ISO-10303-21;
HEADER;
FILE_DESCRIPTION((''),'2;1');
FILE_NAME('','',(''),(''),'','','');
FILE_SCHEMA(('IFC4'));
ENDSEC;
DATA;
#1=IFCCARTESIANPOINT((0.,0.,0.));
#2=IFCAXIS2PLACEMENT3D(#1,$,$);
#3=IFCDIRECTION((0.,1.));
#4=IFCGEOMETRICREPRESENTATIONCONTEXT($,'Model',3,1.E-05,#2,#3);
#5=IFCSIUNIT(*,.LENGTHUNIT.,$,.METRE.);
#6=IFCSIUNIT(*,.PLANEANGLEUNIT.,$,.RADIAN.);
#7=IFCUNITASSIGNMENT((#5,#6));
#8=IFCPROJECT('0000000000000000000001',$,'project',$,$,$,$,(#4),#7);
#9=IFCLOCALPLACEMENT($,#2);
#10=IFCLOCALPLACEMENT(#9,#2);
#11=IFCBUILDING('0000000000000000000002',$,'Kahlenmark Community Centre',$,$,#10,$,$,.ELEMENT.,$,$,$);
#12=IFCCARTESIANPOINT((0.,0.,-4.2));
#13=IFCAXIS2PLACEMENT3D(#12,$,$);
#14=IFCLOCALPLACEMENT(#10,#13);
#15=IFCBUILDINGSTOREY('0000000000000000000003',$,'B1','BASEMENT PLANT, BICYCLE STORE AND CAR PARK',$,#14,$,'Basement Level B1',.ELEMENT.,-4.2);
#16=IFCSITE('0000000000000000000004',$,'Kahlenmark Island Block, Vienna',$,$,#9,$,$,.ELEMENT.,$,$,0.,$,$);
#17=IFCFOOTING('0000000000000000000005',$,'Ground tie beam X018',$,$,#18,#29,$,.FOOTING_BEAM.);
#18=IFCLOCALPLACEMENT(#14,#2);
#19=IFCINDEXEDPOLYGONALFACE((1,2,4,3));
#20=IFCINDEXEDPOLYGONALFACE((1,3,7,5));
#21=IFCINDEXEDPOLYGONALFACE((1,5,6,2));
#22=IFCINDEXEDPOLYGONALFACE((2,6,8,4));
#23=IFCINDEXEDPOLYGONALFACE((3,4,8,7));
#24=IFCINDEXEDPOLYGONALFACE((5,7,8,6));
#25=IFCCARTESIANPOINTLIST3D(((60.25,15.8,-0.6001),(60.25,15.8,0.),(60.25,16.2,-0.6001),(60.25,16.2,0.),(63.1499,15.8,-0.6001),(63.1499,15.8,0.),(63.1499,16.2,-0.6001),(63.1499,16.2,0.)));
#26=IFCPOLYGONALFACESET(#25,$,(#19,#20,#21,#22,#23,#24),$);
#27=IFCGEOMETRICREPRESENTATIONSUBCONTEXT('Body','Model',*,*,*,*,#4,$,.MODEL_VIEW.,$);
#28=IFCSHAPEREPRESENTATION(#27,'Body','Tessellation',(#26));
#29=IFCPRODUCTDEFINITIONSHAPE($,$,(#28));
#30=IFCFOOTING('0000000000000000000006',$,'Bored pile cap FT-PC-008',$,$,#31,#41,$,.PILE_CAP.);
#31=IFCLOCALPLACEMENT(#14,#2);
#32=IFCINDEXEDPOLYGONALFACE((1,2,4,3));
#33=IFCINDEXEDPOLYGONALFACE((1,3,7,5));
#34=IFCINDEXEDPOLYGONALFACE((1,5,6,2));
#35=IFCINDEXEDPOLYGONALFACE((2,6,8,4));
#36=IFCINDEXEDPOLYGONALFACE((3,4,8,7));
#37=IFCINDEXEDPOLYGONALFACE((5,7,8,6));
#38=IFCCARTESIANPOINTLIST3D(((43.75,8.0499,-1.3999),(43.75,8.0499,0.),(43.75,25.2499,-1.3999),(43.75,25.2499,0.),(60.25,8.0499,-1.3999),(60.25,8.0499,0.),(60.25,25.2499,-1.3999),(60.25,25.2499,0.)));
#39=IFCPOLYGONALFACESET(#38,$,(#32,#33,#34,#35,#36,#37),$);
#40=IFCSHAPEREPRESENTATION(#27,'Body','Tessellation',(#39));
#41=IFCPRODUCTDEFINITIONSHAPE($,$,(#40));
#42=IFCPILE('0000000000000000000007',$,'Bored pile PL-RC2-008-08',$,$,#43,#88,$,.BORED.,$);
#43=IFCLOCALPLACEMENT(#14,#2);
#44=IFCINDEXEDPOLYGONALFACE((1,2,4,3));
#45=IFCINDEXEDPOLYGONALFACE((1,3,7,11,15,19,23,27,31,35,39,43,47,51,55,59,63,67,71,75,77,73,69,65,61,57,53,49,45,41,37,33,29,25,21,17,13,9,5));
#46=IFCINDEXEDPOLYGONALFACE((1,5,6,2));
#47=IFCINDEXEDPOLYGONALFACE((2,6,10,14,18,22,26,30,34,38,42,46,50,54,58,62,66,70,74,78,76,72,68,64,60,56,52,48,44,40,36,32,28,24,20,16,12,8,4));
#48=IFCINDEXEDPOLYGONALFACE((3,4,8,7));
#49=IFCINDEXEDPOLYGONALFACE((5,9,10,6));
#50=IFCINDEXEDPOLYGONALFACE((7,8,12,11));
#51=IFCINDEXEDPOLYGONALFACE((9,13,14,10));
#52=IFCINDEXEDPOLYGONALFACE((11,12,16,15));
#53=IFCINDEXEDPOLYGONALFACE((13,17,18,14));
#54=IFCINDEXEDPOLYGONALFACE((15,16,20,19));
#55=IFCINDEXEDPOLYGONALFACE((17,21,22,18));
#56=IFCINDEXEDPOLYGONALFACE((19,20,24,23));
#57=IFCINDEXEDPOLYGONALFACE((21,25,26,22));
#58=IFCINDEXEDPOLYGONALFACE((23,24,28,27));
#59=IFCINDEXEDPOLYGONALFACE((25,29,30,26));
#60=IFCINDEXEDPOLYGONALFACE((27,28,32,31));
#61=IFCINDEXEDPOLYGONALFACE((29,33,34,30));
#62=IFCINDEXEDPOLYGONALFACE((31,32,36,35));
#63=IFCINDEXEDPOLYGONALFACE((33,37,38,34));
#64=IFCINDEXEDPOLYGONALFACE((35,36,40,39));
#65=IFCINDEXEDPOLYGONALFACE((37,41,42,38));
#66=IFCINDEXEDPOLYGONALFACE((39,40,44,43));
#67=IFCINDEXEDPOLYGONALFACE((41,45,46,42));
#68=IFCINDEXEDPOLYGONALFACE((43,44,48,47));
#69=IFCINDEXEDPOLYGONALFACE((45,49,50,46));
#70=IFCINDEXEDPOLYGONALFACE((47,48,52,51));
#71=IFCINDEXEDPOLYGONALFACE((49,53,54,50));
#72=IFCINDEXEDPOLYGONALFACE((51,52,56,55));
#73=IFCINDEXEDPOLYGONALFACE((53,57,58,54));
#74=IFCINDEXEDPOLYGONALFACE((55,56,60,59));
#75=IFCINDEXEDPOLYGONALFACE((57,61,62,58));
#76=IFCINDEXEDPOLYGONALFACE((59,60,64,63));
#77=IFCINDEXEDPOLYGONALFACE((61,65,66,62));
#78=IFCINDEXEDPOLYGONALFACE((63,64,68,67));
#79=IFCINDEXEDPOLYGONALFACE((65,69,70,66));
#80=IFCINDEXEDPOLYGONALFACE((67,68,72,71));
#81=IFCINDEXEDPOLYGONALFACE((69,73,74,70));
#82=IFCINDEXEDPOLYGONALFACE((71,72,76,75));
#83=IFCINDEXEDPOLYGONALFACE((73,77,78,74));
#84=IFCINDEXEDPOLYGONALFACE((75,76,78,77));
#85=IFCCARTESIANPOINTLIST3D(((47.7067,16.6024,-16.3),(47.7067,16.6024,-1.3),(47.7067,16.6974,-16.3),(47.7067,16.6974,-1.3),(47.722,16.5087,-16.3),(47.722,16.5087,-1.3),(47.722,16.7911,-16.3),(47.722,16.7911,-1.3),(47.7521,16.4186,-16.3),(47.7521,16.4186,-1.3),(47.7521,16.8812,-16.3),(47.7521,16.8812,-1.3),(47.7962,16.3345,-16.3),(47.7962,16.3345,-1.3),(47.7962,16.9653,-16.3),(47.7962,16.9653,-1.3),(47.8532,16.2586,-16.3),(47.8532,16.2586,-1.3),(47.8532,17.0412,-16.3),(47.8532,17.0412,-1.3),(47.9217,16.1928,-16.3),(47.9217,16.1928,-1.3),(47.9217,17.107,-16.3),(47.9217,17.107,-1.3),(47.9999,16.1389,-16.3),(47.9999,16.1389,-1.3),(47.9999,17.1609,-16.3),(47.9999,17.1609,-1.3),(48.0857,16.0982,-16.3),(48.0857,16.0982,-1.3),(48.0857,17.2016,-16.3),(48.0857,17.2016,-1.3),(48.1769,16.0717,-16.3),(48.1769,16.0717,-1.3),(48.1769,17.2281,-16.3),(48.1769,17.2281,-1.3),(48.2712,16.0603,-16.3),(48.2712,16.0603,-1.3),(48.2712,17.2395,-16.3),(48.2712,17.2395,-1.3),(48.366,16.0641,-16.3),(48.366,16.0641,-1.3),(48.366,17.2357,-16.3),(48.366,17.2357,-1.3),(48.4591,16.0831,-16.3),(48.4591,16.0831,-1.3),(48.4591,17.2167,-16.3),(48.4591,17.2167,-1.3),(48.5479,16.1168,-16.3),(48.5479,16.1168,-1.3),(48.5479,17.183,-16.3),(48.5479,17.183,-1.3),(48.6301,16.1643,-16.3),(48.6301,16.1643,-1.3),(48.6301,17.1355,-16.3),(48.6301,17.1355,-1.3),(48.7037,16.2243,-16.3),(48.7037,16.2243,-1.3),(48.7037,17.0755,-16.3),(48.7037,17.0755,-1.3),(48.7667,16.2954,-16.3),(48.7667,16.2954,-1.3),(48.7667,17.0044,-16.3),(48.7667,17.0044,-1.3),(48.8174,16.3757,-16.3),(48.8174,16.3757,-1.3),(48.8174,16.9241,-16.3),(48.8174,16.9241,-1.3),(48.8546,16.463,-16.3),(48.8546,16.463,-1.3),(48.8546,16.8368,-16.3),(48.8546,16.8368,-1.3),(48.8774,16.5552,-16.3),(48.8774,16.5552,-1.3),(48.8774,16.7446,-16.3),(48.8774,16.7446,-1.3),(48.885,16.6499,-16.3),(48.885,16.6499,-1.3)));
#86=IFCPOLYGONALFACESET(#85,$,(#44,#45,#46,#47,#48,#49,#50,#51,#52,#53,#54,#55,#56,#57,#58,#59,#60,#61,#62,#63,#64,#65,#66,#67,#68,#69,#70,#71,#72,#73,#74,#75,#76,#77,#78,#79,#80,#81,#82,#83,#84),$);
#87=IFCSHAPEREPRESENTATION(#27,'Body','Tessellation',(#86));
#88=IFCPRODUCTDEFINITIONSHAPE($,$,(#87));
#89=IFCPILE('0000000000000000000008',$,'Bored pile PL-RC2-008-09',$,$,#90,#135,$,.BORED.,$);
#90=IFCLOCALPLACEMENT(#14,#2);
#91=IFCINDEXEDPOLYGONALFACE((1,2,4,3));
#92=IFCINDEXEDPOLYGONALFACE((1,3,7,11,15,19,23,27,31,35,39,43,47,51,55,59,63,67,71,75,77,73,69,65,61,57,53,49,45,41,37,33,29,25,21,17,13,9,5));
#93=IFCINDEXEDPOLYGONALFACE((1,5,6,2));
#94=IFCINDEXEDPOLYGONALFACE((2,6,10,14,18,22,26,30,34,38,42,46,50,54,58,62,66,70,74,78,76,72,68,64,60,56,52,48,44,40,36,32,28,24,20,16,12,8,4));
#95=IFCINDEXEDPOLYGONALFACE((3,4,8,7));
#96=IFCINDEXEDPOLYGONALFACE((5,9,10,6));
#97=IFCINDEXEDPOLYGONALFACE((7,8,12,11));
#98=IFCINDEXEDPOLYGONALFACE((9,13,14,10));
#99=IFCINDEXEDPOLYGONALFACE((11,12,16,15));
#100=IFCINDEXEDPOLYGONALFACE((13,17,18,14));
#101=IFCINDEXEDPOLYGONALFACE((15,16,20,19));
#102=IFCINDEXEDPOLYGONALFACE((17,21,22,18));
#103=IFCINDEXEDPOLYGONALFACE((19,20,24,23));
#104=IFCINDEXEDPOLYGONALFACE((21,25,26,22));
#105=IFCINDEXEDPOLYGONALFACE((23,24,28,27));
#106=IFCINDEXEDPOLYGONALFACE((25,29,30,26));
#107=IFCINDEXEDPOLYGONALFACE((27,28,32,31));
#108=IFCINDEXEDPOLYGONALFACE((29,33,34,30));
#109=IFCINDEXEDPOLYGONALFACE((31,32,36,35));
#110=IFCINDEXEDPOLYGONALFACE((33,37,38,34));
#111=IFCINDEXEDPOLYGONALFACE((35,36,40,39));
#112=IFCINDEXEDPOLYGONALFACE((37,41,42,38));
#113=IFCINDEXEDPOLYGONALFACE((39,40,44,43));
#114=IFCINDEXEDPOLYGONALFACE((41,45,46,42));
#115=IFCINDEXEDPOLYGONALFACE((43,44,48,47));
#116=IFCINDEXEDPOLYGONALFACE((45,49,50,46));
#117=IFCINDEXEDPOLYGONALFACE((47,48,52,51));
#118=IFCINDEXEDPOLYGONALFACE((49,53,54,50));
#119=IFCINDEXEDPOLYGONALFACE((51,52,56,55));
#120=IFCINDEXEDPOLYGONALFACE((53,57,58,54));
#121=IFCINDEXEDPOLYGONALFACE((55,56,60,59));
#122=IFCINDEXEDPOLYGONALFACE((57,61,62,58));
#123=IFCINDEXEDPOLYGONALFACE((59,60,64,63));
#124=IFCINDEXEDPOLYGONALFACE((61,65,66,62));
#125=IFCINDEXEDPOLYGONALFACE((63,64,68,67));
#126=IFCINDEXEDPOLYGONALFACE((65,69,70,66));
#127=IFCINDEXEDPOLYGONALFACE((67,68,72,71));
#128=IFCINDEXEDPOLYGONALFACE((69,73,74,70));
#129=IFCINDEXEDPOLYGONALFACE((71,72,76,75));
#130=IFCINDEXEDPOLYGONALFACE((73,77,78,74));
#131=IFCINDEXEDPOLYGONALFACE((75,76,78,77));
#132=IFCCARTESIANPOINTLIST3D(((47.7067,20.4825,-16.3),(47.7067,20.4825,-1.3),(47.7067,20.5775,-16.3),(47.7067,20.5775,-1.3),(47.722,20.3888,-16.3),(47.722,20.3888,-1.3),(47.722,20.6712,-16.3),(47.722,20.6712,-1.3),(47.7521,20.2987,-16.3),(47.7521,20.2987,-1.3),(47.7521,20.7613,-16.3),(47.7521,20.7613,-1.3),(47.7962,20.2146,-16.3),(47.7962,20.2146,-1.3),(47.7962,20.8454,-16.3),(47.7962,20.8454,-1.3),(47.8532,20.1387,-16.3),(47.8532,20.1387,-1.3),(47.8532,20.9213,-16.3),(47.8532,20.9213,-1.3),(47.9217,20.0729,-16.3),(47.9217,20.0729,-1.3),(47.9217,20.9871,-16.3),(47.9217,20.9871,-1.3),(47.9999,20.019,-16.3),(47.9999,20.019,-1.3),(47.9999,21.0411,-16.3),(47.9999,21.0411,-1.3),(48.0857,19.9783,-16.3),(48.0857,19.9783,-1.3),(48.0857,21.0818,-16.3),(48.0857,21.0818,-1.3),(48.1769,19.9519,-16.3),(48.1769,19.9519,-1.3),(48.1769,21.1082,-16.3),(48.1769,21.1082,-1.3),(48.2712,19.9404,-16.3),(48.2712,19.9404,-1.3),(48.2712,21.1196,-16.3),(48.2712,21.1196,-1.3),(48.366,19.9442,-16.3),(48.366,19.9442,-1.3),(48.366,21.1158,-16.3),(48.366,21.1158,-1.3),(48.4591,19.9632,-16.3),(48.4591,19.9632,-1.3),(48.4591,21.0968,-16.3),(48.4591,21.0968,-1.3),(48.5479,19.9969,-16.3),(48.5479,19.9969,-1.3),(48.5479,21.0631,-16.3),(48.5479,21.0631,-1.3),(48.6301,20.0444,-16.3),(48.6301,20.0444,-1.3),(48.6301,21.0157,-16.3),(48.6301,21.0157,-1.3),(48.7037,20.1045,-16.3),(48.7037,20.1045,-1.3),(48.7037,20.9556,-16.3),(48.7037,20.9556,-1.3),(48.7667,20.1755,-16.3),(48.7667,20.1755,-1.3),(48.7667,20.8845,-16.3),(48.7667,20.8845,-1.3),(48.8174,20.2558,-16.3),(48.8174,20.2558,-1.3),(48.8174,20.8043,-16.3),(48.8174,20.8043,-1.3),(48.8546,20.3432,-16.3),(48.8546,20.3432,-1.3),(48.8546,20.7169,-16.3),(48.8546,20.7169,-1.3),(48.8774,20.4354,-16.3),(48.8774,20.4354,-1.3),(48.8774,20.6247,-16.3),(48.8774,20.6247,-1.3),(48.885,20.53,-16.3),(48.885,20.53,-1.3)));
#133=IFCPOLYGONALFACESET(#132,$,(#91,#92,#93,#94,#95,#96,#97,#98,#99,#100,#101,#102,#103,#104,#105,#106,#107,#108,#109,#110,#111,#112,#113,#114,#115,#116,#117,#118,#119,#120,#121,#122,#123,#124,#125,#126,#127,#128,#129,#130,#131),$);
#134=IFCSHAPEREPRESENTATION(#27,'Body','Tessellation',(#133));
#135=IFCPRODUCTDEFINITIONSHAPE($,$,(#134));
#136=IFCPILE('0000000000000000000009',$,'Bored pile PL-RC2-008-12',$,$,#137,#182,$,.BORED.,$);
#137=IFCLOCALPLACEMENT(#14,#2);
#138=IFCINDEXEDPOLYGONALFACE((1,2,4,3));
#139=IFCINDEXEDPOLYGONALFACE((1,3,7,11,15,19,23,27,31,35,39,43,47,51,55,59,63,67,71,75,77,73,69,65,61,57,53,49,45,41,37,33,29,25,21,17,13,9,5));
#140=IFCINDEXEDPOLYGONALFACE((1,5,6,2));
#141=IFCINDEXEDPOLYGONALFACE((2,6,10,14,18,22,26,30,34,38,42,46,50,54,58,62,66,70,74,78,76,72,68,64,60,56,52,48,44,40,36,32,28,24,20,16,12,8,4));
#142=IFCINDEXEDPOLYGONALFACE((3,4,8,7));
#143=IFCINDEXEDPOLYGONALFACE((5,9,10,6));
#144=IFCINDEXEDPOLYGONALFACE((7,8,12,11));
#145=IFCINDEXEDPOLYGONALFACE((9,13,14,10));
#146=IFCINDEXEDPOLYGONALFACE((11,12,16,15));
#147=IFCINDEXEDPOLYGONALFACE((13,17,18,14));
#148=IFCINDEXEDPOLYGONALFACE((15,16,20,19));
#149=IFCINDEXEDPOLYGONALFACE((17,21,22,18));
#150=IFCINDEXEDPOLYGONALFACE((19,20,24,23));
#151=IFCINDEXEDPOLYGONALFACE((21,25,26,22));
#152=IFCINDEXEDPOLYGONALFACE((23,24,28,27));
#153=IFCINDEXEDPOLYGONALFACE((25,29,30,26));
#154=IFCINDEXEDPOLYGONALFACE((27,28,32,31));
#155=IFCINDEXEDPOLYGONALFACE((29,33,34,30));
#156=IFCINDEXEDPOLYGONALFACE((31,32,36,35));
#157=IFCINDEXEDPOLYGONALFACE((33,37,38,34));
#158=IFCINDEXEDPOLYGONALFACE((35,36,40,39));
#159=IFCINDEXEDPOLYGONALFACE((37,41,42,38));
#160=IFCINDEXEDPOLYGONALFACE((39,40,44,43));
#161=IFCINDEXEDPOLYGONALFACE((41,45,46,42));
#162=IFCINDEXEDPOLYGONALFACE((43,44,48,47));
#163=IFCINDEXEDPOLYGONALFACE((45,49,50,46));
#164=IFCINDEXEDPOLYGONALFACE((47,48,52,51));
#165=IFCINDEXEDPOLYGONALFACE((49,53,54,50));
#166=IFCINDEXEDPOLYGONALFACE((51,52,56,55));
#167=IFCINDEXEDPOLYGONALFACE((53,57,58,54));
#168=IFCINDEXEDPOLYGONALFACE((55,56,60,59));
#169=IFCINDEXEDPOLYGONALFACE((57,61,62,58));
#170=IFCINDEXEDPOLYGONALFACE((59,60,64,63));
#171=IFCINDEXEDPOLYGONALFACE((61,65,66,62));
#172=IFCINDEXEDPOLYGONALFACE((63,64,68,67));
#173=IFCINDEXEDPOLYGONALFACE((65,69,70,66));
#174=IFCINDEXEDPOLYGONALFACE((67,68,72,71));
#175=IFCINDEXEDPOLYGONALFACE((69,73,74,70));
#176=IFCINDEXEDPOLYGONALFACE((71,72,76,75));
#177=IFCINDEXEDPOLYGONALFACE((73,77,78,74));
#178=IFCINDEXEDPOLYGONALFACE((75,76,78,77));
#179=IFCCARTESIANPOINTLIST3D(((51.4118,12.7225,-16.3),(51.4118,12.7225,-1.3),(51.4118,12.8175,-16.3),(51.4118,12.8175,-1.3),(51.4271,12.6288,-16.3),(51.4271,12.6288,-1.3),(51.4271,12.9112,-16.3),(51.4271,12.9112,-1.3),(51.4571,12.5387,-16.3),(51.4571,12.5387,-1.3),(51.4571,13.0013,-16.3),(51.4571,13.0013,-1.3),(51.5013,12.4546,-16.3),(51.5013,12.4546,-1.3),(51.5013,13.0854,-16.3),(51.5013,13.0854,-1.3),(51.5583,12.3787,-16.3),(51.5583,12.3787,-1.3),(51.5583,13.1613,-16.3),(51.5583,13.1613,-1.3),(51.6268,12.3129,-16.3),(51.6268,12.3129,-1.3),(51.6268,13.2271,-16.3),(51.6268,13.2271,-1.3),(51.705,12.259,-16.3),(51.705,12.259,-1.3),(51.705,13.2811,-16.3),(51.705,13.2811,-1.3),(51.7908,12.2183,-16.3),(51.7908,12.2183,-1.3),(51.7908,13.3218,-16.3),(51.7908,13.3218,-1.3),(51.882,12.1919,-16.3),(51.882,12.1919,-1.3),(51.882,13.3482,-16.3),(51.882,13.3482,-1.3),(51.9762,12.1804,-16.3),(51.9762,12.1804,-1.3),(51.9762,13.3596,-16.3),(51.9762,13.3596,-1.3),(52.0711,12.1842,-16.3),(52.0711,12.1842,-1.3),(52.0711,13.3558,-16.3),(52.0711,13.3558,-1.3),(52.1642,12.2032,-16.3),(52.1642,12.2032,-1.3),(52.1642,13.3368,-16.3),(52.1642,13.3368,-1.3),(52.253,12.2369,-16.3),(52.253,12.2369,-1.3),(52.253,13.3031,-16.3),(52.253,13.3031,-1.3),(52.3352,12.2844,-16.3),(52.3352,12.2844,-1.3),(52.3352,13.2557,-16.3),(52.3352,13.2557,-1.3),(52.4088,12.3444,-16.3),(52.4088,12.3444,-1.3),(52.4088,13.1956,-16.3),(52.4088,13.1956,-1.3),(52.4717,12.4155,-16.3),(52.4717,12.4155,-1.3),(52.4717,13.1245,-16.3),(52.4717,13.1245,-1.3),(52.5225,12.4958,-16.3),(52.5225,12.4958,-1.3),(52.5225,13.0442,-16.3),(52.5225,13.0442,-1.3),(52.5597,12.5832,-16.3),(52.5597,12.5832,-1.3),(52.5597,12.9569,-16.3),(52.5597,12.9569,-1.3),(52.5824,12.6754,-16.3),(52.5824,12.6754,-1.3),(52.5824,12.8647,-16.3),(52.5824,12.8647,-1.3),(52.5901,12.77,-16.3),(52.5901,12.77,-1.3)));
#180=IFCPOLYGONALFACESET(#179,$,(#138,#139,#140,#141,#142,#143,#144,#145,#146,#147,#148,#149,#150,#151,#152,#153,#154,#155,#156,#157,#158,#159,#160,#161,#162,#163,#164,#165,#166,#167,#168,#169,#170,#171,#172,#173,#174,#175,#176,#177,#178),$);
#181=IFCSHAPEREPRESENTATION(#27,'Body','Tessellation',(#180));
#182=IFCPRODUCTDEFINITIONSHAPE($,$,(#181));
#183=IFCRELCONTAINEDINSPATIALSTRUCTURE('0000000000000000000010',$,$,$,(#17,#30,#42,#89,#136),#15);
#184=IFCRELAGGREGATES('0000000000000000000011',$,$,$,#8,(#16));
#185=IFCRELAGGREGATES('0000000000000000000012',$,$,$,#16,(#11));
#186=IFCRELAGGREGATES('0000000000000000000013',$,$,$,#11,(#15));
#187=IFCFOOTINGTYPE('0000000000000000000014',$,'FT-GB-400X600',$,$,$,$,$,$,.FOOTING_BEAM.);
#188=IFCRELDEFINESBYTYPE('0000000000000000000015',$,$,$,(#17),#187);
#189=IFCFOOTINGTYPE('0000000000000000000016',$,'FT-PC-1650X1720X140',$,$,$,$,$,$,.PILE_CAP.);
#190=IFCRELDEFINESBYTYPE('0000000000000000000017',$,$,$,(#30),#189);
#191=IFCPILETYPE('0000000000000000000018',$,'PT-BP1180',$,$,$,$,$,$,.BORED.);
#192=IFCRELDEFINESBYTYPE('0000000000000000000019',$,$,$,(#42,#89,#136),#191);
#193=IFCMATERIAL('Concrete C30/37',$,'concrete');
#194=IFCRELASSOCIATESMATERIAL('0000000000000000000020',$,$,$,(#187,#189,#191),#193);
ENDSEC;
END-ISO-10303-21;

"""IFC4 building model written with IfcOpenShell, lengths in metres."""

from ifc_helpers import new_model, si_unit, direction, frame, origin, origin_2d, place, context, subcontext, project, spatial, rectangle, circle, extrude, material, material_profile, profile_set, type_object, element, save


model = new_model("IFC4")

# Units and contexts
model_context = context("Model", 3, precision=1e-05, world=origin(), true_north=direction((0.0, 1.0)))
body_context = subcontext(model_context, "Body", "Model", "MODEL_VIEW")
ifc_project = project(units=[si_unit("LENGTHUNIT", "METRE"), si_unit("PLANEANGLEUNIT", "RADIAN")], contexts=[model_context])

# Site, building, storey
site_placement = place(None, origin())
site = spatial("IfcSite", under=ifc_project, at=site_placement, Name="Kahlenmark Island Block, Vienna", CompositionType="ELEMENT", RefElevation=0.0)
building_placement = place(site_placement, origin())
building = spatial("IfcBuilding", under=site, at=building_placement, Name="Kahlenmark Community Centre", CompositionType="ELEMENT")
storey_placement = place(building_placement, frame((0.0, 0.0, -4.2)))
storey = spatial("IfcBuildingStorey", under=building, at=storey_placement, Name="B1", Description="BASEMENT PLANT, BICYCLE STORE AND CAR PARK", LongName="Basement Level B1", CompositionType="ELEMENT", Elevation=-4.2)

# Footings
ifc_material_1 = material(Name="Concrete C30/37", Category="concrete")
footing_type_1 = type_object("IfcFootingType", Name="FT-GB-400X600", PredefinedType="FOOTING_BEAM", material=ifc_material_1)
footing_1_placement = place(storey_placement, frame((61.7, 16.0, -0.6001), z_axis=(0.0, 0.0, 1.0), x_axis=(1.0, 0.0, 0.0)))
element("IfcFooting", 1, at=footing_1_placement, inside=storey, type_object=footing_type_1, Name="Ground tie beam X018", PredefinedType="FOOTING_BEAM", context=body_context, shape_type="SweptSolid", body=[
    extrude(rectangle(XDim=2.8999, YDim=0.3999, at=origin_2d()), origin(), (0.0, 0.0, 1.0), 0.6001),
])
footing_type_2 = type_object("IfcFootingType", Name="FT-PC-1650X1720X140", PredefinedType="PILE_CAP", material=ifc_material_1)
footing_2_placement = place(storey_placement, frame((52.0, 16.6499, -1.3999), z_axis=(0.0, 0.0, 1.0), x_axis=(1.0, 0.0, 0.0)))
element("IfcFooting", 2, at=footing_2_placement, inside=storey, type_object=footing_type_2, Name="Bored pile cap FT-PC-008", PredefinedType="PILE_CAP", context=body_context, shape_type="SweptSolid", body=[
    extrude(rectangle(XDim=16.5, YDim=17.2, at=origin_2d()), origin(), (0.0, 0.0, 1.0), 1.3999),
])

# Piles
ifc_material_profile_1 = material_profile(ifc_material_1, circle(Radius=0.5901, at=origin_2d()), Name="BORED PILE 1180")
ifc_profile_set_1 = profile_set([ifc_material_profile_1], Name="Concrete C30/37")
pile_type = type_object("IfcPileType", Name="PT-BP1180", PredefinedType="BORED", material=ifc_profile_set_1)
for number, where, z_axis, x_axis, name in (
    (3, (48.2949, 16.6499, -1.3), (0.0, 0.0, -1.0), (1.0, 0.0, 0.0), "Bored pile PL-RC2-008-08"),
    (4, (48.2949, 20.53, -1.3), (0.0, 0.0, -1.0), (1.0, 0.0, 0.0), "Bored pile PL-RC2-008-09"),
    (5, (52.0, 12.77, -1.3), (0.0, 0.0, -1.0), (1.0, 0.0, 0.0), "Bored pile PL-RC2-008-12"),
):
    element("IfcPile", number, at=place(storey_placement, frame(where, z_axis=z_axis, x_axis=x_axis)), inside=storey, type_object=pile_type, Name=name, PredefinedType="BORED", context=body_context, shape_type="SweptSolid", body=[
        extrude(circle(Radius=0.5901, at=origin_2d()), origin(), (0.0, 0.0, 1.0), 15.0),
    ])

save(model, "model.ifc")
